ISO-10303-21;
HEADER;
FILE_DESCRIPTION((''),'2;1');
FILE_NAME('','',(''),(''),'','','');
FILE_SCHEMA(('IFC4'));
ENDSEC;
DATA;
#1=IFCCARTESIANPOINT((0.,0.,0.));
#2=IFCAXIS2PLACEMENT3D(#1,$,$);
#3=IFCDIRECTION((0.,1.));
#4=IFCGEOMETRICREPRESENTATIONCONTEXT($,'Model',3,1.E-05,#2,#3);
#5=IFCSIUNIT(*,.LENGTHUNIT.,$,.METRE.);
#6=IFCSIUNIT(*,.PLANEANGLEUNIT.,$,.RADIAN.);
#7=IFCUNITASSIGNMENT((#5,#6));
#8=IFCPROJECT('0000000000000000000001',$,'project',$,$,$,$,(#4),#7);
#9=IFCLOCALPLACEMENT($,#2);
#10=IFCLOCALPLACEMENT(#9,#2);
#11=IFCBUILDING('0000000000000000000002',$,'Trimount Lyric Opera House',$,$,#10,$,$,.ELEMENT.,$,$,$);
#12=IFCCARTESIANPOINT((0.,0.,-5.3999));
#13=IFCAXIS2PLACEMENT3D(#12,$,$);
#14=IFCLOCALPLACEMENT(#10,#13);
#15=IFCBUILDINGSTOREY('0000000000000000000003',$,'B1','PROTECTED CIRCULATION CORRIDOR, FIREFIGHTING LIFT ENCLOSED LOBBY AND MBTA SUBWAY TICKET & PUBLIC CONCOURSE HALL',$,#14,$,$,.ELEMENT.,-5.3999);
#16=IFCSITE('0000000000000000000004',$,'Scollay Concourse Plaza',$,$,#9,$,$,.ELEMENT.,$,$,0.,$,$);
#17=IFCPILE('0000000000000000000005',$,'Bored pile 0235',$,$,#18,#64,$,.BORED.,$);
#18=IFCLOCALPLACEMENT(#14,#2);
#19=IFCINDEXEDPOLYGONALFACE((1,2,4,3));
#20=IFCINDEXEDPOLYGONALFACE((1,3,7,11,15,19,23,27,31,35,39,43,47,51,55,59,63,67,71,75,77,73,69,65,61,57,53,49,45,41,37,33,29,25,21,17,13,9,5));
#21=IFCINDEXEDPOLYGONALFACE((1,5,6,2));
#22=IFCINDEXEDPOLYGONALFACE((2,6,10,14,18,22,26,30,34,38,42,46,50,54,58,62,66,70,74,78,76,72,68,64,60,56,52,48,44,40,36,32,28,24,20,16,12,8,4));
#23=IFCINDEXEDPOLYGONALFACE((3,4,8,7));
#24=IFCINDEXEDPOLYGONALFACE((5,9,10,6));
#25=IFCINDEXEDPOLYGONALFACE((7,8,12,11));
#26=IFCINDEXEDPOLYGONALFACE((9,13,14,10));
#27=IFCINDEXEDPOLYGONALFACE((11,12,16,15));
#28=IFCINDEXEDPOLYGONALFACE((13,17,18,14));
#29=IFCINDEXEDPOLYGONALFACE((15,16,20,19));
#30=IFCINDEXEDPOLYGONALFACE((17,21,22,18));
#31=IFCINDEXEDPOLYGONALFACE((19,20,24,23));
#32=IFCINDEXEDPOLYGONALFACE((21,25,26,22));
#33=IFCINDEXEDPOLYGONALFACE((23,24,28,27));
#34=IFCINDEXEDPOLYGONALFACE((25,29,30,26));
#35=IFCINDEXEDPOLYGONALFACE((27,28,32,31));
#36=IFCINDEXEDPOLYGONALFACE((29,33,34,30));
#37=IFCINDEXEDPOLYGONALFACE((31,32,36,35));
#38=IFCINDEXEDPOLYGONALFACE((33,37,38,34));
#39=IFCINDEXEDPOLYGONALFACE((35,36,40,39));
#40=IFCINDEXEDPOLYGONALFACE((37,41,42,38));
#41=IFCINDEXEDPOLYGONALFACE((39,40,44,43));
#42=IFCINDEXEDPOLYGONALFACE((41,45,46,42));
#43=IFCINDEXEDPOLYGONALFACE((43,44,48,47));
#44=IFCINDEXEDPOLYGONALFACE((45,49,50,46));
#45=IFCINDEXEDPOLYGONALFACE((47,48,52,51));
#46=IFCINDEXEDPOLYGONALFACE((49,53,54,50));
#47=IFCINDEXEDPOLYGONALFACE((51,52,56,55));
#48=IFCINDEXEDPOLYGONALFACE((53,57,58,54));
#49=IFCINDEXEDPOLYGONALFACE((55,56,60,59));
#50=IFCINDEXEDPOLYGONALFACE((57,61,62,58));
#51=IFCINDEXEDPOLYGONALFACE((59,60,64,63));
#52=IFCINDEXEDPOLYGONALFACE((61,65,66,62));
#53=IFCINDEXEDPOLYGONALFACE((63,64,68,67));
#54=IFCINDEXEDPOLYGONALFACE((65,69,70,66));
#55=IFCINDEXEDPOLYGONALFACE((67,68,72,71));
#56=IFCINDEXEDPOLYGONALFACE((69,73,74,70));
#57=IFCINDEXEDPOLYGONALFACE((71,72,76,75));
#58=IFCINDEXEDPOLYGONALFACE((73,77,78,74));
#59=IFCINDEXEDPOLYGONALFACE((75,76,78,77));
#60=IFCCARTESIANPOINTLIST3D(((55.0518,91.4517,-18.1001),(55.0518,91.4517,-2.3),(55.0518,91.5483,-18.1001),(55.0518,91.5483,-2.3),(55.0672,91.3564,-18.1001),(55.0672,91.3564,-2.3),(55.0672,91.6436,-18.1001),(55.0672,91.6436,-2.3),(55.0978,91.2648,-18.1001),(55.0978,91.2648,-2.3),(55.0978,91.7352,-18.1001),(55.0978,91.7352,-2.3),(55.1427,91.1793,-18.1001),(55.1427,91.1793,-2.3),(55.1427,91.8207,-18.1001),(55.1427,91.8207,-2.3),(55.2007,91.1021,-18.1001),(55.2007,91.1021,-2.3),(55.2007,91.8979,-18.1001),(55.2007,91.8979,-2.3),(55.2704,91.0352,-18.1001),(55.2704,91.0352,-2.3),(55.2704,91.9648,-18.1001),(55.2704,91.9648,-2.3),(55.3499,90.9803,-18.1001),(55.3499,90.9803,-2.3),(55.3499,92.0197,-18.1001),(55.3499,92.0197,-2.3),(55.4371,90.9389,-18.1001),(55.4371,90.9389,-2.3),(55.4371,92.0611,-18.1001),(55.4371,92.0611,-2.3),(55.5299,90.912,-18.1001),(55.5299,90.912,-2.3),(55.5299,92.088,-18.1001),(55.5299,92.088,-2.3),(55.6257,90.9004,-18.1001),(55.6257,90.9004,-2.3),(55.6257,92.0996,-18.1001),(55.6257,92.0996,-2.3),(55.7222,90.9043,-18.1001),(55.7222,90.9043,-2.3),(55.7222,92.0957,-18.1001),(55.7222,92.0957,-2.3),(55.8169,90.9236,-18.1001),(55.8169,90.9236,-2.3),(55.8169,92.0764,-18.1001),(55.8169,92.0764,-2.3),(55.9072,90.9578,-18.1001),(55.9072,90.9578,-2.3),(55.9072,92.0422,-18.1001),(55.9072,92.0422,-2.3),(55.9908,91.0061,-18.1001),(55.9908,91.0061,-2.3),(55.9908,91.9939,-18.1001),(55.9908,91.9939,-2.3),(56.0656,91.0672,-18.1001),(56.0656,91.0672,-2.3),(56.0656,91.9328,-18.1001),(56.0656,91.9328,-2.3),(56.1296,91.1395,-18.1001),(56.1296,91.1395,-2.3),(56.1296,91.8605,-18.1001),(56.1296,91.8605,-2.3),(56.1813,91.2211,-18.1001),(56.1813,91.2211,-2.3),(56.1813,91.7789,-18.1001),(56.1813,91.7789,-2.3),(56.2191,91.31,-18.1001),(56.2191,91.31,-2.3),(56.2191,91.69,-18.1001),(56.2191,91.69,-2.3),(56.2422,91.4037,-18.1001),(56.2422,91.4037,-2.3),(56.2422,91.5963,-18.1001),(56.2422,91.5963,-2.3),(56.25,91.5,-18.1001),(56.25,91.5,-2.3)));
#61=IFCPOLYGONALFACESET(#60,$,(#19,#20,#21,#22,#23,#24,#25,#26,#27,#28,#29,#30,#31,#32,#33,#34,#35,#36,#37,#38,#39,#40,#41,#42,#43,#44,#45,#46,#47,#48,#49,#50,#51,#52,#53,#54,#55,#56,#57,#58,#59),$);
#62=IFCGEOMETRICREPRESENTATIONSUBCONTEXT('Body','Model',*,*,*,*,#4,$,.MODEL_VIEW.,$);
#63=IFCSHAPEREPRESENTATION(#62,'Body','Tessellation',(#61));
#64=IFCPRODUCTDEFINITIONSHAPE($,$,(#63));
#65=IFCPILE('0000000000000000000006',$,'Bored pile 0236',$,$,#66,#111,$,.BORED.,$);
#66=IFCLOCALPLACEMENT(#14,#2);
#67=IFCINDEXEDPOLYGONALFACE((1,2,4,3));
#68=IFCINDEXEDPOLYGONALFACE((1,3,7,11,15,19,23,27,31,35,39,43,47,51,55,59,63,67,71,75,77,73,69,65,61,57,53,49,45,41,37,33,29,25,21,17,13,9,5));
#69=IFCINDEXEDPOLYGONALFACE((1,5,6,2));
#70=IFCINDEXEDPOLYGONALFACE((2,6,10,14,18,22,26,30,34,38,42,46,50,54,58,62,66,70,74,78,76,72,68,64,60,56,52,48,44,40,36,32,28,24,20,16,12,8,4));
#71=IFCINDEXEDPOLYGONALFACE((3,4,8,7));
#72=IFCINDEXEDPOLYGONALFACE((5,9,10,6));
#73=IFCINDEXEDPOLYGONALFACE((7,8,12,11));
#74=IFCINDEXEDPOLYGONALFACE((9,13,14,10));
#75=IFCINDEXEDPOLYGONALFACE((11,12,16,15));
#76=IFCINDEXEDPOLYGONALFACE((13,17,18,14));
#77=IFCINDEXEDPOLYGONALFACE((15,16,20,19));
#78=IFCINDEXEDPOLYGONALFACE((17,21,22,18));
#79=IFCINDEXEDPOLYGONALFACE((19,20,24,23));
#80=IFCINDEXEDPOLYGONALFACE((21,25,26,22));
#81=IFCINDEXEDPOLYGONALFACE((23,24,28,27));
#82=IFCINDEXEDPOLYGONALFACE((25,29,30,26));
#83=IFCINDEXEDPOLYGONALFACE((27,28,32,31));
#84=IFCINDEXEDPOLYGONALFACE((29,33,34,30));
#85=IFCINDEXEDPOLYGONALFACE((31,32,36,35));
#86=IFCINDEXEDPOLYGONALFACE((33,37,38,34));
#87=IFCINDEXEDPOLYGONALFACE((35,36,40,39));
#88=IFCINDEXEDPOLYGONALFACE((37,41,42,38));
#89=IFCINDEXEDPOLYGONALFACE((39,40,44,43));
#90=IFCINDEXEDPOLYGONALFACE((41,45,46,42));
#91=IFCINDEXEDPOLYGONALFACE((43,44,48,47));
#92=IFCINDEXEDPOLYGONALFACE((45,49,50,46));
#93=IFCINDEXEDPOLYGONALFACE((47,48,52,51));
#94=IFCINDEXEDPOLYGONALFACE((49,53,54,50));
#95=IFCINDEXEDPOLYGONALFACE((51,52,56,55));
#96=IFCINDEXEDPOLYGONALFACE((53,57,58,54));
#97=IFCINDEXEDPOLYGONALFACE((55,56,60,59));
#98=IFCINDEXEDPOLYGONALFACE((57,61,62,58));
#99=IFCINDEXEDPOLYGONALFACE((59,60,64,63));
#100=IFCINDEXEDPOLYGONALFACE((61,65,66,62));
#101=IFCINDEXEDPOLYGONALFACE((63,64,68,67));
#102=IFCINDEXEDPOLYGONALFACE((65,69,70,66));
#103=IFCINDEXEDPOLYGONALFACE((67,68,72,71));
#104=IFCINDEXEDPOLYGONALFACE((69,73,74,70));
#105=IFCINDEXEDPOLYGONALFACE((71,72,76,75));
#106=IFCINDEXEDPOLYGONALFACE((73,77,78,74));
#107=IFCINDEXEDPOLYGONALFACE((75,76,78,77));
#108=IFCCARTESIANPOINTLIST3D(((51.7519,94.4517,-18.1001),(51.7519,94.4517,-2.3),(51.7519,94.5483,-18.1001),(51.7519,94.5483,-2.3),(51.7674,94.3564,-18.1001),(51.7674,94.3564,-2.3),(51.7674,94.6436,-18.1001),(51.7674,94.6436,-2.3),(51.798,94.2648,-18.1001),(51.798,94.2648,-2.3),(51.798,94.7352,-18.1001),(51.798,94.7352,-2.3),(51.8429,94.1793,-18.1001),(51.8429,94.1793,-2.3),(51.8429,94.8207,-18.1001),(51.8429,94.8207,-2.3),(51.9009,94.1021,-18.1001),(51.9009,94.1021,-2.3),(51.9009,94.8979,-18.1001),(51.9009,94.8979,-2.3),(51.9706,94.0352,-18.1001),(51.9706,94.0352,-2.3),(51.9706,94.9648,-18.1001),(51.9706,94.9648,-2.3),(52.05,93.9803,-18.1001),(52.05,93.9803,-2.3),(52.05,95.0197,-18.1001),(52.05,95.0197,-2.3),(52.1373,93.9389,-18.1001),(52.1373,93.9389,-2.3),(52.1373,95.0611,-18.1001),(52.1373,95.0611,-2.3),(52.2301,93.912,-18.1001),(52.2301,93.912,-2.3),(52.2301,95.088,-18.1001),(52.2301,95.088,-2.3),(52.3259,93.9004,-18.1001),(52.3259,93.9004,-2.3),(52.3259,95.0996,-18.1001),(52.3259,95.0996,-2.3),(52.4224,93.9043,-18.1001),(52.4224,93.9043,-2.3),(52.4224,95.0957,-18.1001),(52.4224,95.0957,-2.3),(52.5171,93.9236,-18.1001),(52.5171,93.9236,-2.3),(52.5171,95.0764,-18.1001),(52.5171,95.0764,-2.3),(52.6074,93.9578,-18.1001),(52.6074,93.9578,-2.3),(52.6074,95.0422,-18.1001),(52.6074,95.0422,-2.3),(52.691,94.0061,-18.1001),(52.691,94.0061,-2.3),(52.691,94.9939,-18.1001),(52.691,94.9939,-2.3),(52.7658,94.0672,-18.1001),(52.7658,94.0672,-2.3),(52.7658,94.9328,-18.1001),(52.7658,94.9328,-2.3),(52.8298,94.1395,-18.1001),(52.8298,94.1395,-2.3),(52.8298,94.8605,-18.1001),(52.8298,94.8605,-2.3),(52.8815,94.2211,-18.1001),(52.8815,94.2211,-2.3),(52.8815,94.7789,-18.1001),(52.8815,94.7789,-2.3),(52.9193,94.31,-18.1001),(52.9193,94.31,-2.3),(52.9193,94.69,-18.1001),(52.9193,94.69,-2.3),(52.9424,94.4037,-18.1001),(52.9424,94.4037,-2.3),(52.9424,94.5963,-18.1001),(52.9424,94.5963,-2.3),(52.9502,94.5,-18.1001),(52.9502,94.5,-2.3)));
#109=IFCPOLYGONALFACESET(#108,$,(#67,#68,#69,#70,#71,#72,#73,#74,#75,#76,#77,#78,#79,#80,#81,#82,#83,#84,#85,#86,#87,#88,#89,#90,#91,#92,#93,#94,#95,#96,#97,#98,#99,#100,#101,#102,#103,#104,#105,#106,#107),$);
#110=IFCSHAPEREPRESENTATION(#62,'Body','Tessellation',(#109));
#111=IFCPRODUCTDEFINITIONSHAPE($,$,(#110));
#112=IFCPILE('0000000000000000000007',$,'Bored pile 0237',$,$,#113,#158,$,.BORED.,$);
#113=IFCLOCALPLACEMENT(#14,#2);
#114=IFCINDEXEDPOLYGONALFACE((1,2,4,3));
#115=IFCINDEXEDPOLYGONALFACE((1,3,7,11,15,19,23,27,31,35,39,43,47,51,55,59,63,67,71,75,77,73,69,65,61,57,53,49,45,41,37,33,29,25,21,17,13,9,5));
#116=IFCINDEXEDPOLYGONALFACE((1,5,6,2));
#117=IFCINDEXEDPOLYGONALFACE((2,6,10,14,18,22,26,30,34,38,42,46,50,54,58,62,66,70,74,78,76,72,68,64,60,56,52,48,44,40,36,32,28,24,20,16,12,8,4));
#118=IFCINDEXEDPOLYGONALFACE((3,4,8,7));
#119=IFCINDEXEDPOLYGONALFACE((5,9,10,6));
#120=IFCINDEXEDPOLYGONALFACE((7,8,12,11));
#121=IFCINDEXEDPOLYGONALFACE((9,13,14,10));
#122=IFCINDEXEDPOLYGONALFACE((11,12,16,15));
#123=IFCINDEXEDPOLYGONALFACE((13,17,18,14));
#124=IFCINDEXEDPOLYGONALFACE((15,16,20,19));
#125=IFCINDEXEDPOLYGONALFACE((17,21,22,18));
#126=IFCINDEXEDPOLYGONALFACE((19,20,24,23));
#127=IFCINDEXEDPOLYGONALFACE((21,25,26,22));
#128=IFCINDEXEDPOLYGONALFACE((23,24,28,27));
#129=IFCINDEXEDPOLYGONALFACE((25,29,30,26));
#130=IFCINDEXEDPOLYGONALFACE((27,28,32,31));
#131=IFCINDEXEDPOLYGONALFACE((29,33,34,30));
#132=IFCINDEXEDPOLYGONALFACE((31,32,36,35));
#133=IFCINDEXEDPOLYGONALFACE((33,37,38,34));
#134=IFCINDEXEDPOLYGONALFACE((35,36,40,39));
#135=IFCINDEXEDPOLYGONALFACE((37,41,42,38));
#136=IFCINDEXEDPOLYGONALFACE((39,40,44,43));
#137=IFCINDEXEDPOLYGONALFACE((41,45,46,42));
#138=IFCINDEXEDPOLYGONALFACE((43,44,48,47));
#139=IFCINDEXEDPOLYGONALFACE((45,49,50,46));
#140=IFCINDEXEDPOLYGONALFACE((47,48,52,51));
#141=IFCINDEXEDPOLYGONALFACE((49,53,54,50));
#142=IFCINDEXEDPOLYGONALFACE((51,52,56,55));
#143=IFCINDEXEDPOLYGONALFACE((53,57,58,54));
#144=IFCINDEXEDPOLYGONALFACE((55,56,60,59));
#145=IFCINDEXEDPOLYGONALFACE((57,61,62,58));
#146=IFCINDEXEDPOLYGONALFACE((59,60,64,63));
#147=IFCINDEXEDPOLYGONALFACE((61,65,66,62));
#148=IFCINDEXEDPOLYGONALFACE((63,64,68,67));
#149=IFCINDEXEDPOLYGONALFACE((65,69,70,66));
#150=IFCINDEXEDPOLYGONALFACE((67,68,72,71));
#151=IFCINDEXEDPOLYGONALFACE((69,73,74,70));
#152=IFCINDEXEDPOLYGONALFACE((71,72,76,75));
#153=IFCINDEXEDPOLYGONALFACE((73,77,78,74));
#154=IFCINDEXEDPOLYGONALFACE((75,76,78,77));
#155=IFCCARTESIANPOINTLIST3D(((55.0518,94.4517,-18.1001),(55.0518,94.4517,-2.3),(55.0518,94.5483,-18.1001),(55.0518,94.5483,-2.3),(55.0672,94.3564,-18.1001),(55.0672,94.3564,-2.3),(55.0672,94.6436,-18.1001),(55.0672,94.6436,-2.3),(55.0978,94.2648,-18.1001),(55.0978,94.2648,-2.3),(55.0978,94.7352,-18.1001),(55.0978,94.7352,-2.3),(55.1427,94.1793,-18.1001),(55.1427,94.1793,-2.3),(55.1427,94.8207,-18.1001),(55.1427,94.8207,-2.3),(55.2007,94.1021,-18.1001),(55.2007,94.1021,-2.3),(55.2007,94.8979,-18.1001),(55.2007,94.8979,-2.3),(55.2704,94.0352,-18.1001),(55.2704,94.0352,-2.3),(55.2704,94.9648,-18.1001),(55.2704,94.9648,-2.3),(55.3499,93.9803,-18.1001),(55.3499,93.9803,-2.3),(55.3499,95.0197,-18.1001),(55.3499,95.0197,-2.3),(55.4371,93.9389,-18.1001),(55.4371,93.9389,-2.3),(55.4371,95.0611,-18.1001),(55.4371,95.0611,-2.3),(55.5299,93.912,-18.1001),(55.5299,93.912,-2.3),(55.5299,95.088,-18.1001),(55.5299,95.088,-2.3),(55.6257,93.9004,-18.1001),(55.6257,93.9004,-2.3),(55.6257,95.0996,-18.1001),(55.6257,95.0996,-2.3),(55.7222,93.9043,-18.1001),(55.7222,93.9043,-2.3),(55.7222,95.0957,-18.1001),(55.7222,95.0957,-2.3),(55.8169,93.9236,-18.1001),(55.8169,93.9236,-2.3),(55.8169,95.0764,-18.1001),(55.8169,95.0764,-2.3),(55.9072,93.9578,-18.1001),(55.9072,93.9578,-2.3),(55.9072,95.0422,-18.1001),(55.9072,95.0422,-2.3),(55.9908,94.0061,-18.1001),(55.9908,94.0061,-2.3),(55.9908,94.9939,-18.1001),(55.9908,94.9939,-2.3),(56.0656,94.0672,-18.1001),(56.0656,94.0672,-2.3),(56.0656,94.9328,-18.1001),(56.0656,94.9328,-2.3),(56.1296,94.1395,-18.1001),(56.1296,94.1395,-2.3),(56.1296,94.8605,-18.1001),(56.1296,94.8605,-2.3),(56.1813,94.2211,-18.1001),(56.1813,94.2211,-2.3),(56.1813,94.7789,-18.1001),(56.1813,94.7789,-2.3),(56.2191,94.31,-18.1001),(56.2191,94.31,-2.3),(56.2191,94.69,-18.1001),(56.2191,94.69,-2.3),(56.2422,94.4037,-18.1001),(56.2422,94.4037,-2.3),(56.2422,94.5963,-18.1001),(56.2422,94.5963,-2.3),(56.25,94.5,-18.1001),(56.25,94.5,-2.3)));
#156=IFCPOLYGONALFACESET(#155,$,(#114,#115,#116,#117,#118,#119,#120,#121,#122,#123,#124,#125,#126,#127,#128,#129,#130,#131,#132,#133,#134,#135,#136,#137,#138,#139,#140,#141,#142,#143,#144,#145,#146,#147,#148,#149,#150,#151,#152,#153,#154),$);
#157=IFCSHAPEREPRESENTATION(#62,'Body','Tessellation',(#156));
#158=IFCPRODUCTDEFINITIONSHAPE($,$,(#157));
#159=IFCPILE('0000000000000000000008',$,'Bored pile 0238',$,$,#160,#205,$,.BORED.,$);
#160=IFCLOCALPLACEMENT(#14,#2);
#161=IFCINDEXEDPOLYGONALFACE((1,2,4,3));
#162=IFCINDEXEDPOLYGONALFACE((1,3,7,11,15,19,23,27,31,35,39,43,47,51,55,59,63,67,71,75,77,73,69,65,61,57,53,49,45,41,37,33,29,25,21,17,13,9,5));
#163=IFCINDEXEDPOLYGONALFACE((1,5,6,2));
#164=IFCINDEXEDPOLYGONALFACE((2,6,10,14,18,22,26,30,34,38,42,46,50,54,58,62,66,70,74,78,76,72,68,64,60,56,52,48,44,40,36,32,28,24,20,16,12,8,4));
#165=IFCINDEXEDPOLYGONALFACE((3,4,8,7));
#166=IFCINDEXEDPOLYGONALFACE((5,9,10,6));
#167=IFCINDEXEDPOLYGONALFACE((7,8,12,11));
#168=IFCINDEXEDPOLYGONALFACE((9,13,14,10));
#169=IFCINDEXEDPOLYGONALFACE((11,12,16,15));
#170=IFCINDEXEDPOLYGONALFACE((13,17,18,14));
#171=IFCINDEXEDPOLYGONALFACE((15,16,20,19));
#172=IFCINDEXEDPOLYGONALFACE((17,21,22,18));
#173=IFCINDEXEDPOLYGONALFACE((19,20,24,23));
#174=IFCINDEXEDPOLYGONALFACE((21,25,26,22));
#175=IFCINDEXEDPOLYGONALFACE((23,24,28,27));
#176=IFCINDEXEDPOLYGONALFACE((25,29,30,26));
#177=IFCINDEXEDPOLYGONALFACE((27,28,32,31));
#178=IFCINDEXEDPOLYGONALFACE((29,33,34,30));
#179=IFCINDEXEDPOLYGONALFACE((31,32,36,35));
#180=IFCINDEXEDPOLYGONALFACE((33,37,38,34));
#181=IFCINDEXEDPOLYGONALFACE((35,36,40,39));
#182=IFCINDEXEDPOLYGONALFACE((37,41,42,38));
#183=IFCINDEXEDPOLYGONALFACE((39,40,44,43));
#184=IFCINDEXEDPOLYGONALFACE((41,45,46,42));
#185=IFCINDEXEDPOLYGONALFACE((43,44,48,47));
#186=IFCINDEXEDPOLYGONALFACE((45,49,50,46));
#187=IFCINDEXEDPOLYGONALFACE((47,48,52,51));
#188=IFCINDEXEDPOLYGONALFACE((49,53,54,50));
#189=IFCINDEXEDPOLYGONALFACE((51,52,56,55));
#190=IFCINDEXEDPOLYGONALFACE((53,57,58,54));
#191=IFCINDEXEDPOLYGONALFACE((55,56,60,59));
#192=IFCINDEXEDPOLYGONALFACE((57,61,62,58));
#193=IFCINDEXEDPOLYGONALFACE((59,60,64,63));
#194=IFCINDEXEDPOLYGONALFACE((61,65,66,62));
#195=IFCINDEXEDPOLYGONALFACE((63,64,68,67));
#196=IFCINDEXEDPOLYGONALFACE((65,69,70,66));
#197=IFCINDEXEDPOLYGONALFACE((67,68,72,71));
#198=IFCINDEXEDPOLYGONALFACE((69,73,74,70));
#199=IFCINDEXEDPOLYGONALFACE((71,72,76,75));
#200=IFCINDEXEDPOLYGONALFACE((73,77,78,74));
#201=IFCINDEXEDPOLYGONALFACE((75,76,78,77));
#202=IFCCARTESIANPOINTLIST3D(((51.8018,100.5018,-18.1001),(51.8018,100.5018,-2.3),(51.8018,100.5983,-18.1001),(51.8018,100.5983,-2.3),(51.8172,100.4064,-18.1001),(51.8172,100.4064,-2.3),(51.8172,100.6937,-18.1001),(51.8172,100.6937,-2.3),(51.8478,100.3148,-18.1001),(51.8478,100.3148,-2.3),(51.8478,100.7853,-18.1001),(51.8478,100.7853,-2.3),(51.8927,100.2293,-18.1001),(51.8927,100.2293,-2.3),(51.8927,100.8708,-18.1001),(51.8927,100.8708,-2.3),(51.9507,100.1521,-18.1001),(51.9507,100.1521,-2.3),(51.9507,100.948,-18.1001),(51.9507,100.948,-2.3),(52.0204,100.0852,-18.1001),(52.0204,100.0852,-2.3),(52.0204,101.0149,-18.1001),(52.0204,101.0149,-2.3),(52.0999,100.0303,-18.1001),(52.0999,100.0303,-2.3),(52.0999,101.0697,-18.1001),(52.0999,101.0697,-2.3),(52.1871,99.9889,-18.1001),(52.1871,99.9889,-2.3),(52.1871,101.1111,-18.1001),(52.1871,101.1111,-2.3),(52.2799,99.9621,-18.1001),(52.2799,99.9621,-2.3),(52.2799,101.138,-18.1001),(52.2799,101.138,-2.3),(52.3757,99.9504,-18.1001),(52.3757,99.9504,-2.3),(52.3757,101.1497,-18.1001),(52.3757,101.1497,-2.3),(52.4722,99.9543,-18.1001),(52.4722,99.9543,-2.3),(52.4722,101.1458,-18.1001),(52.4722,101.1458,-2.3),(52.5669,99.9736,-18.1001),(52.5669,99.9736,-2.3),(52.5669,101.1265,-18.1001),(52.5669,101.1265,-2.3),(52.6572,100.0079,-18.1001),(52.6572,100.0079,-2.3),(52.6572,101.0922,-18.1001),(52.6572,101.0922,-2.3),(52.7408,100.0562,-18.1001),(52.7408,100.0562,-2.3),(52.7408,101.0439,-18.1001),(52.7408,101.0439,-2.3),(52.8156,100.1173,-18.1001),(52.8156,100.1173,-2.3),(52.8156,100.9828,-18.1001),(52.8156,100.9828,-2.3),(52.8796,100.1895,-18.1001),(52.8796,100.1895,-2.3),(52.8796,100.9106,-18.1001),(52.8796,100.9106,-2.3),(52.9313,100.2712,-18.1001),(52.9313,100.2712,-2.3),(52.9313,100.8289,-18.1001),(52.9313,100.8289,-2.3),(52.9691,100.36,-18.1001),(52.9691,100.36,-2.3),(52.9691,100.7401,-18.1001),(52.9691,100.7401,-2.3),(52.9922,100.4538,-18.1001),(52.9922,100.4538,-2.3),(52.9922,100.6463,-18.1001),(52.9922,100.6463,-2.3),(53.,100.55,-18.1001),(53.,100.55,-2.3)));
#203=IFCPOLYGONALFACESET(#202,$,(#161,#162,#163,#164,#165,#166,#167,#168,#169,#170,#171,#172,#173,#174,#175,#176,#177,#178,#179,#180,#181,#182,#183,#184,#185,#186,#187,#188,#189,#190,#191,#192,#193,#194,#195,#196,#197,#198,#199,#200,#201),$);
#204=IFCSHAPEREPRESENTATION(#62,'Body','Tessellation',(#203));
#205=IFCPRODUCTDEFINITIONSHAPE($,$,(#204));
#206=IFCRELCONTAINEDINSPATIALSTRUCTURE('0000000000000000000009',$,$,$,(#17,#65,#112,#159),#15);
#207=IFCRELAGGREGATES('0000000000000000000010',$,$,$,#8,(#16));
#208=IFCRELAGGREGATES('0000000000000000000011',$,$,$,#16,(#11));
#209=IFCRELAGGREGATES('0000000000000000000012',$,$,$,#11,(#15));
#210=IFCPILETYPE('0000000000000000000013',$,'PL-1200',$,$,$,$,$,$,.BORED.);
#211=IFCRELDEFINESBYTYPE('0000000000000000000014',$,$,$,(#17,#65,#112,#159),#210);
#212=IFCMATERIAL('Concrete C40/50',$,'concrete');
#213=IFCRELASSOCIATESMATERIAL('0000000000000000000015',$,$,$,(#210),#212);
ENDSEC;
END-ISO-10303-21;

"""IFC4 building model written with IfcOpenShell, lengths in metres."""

from ifc_helpers import new_model, si_unit, direction, frame, origin, origin_2d, place, context, subcontext, project, spatial, circle, extrude, material, material_profile, profile_set, type_object, element, save


model = new_model("IFC4")

# Units and contexts
model_context = context("Model", 3, precision=1e-05, world=origin(), true_north=direction((0.0, 1.0)))
body_context = subcontext(model_context, "Body", "Model", "MODEL_VIEW")
ifc_project = project(units=[si_unit("LENGTHUNIT", "METRE"), si_unit("PLANEANGLEUNIT", "RADIAN")], contexts=[model_context])

# Site, building, storey
site_placement = place(None, origin())
site = spatial("IfcSite", under=ifc_project, at=site_placement, Name="Scollay Concourse Plaza", CompositionType="ELEMENT", RefElevation=0.0)
building_placement = place(site_placement, origin())
building = spatial("IfcBuilding", under=site, at=building_placement, Name="Trimount Lyric Opera House", CompositionType="ELEMENT")
storey_placement = place(building_placement, frame((0.0, 0.0, -5.3999)))
storey = spatial("IfcBuildingStorey", under=building, at=storey_placement, Name="B1", Description="PROTECTED CIRCULATION CORRIDOR, FIREFIGHTING LIFT ENCLOSED LOBBY AND MBTA SUBWAY TICKET & PUBLIC CONCOURSE HALL", CompositionType="ELEMENT", Elevation=-5.3999)

# Piles
ifc_material_1 = material(Name="Concrete C40/50", Category="concrete")
ifc_material_profile_1 = material_profile(ifc_material_1, circle(Radius=0.6001, at=origin_2d()), Name="PILE-D1200")
ifc_profile_set_1 = profile_set([ifc_material_profile_1], Name="Concrete C40/50")
pile_type_1 = type_object("IfcPileType", Name="PL-1200", PredefinedType="BORED", material=ifc_profile_set_1)
for number, where, z_axis, x_axis, name in (
    (1, (55.6499, 91.5, -2.3), (0.0, 0.0, -1.0), (1.0, 0.0, 0.0), "Bored pile 0235"),
    (2, (52.3501, 94.5, -2.3), (0.0, 0.0, -1.0), (1.0, 0.0, 0.0), "Bored pile 0236"),
    (3, (55.6499, 94.5, -2.3), (0.0, 0.0, -1.0), (1.0, 0.0, 0.0), "Bored pile 0237"),
    (4, (52.3999, 100.55, -2.3), (0.0, 0.0, -1.0), (1.0, 0.0, 0.0), "Bored pile 0238"),
):
    element("IfcPile", number, at=place(storey_placement, frame(where, z_axis=z_axis, x_axis=x_axis)), inside=storey, type_object=pile_type_1, Name=name, PredefinedType="BORED", context=body_context, shape_type="SweptSolid", body=[
        extrude(circle(Radius=0.6001, at=origin_2d()), origin(), (0.0, 0.0, 1.0), 15.8),
    ])

save(model, "model.ifc")
